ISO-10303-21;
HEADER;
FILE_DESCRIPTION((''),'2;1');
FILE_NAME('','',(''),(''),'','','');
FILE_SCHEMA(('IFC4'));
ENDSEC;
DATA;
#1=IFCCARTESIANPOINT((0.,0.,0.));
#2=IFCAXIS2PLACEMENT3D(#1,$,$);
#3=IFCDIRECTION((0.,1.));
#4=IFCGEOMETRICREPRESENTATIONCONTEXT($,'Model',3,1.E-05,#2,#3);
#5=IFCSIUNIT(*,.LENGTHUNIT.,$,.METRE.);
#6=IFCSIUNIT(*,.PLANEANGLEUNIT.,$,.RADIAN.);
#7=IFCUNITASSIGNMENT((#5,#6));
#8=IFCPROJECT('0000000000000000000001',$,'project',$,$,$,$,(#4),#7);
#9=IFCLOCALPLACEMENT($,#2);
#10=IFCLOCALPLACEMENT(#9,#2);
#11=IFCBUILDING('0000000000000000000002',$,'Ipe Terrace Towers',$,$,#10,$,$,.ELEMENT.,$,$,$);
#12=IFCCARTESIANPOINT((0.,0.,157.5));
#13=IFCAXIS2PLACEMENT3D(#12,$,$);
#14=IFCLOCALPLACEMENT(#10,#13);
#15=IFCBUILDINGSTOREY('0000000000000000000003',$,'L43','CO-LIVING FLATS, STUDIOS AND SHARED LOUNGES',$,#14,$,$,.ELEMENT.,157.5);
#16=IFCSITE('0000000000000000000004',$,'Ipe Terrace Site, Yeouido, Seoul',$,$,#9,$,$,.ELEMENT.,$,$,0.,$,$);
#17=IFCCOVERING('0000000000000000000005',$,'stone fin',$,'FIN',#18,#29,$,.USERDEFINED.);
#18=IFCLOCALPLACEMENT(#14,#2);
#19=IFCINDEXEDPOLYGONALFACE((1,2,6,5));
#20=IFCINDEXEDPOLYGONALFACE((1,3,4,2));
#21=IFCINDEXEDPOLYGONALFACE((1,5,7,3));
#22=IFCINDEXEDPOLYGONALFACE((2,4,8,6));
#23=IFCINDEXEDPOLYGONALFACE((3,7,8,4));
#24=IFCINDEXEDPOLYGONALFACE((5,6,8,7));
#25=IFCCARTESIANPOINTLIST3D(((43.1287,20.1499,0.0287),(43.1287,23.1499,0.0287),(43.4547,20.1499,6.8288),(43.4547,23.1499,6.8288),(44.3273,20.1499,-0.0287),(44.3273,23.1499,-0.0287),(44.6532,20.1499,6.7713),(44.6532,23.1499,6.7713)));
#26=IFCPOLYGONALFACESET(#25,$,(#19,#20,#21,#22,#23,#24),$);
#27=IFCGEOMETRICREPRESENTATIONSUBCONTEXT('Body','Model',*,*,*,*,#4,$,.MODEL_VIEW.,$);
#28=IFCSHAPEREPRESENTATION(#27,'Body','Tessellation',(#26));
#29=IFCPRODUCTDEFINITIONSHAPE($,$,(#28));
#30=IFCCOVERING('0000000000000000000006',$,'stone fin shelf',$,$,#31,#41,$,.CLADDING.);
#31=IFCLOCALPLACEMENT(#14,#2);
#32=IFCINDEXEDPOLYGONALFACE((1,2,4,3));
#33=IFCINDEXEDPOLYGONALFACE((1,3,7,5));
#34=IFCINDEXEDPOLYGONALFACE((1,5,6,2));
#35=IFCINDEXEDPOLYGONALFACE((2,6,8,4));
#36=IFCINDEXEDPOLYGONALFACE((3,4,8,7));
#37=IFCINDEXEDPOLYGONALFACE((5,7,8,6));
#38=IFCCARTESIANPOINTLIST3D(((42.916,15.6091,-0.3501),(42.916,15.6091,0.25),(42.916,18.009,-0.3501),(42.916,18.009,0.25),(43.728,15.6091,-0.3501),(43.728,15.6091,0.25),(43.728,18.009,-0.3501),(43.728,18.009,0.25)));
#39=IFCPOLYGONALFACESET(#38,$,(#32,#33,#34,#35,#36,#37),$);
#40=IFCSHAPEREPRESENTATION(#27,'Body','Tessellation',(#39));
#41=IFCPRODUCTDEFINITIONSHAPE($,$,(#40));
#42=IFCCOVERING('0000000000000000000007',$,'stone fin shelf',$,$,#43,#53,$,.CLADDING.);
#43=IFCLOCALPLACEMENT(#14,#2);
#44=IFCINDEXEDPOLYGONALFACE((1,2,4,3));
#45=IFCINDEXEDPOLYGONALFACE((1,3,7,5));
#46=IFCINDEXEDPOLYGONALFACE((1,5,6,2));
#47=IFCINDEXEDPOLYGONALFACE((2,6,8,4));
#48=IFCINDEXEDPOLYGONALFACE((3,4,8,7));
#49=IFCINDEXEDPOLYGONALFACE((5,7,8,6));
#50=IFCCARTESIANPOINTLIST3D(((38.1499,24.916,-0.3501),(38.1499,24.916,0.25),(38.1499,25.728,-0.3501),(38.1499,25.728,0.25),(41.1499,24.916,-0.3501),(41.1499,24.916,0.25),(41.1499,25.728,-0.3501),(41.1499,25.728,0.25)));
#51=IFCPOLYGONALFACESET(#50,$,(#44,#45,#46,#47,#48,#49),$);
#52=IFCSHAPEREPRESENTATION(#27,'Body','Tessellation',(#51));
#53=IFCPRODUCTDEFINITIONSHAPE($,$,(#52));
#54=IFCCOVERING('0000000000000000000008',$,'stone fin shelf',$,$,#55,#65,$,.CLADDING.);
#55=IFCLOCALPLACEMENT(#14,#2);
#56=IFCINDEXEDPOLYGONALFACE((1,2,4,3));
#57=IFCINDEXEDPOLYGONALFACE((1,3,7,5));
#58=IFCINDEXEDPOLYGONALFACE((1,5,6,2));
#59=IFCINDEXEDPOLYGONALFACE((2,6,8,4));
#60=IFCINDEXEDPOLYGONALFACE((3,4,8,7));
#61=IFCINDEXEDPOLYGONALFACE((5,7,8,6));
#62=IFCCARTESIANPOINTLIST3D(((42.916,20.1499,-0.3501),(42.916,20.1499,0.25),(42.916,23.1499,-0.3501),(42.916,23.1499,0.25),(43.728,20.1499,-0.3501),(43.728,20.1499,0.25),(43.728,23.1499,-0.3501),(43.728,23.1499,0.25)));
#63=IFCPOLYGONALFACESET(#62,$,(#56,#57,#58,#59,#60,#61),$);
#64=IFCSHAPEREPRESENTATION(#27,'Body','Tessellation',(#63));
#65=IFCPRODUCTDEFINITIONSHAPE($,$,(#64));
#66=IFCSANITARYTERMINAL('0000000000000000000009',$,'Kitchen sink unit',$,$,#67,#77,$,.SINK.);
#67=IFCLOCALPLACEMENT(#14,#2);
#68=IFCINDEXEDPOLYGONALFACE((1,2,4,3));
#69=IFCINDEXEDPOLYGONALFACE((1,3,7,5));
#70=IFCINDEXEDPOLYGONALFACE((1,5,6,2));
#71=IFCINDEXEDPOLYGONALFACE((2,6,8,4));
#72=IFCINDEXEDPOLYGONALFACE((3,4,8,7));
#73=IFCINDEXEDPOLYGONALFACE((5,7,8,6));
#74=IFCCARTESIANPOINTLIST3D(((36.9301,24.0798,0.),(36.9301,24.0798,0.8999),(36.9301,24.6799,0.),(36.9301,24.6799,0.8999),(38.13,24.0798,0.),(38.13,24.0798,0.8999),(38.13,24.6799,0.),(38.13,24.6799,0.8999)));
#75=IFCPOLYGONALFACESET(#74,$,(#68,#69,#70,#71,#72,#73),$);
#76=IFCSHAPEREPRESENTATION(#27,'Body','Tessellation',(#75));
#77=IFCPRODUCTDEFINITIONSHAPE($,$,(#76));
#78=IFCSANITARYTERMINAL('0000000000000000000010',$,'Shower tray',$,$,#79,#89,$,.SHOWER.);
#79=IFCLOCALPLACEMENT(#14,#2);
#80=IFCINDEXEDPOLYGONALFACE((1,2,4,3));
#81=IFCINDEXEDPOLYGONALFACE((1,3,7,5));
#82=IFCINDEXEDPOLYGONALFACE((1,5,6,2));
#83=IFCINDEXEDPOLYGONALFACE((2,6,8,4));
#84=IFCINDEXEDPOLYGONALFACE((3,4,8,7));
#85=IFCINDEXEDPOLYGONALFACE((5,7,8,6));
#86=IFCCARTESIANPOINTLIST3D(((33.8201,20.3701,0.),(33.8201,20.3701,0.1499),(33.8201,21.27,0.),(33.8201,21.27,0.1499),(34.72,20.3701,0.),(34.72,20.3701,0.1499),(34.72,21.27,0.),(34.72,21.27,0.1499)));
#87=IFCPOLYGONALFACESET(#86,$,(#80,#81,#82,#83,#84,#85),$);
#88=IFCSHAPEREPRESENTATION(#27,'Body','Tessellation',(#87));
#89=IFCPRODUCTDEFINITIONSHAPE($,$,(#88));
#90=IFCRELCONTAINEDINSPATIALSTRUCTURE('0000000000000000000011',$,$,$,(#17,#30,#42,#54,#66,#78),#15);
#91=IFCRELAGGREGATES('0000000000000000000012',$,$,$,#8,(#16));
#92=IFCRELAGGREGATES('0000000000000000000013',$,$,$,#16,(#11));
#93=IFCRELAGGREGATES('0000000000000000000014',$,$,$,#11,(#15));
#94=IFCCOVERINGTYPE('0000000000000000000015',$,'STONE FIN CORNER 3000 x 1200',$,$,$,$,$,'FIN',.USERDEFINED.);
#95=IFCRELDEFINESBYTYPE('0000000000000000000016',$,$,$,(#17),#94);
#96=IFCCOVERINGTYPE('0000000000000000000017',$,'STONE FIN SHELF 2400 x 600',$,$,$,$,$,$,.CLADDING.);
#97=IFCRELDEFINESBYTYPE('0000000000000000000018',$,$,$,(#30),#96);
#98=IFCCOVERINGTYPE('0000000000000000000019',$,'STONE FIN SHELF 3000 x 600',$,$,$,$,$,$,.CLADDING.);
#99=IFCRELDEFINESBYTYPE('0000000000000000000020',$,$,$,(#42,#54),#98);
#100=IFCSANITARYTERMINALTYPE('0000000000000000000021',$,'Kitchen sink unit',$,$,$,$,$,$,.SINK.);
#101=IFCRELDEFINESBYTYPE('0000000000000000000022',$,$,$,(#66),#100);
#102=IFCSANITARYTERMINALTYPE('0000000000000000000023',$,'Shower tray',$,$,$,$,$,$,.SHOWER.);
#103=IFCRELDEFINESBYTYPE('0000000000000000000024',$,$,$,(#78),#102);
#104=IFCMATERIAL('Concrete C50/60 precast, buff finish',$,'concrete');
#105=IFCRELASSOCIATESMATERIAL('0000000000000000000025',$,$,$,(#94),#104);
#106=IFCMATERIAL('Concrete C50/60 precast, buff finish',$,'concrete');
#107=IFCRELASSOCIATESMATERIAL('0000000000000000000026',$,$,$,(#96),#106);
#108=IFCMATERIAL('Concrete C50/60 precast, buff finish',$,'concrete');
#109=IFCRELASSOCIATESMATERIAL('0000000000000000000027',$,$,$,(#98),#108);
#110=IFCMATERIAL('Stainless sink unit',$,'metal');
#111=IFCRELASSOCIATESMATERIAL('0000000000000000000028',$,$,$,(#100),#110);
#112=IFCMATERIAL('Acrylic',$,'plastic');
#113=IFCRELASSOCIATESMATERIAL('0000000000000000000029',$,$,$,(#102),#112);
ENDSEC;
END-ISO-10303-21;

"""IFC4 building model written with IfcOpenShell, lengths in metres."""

from ifc_helpers import new_model, si_unit, direction, frame, origin, origin_2d, place, context, subcontext, project, spatial, rectangle, extrude, material, material_profile, profile_set, type_object, element, save


model = new_model("IFC4")

# Units and contexts
model_context = context("Model", 3, precision=1e-05, world=origin(), true_north=direction((0.0, 1.0)))
body_context = subcontext(model_context, "Body", "Model", "MODEL_VIEW")
ifc_project = project(units=[si_unit("LENGTHUNIT", "METRE"), si_unit("PLANEANGLEUNIT", "RADIAN")], contexts=[model_context])

# Site, building, storey
site_placement = place(None, origin())
site = spatial("IfcSite", under=ifc_project, at=site_placement, Name="Ipe Terrace Site, Yeouido, Seoul", CompositionType="ELEMENT", RefElevation=0.0)
building_placement = place(site_placement, origin())
building = spatial("IfcBuilding", under=site, at=building_placement, Name="Ipe Terrace Towers", CompositionType="ELEMENT")
storey_placement = place(building_placement, frame((0.0, 0.0, 157.5)))
storey = spatial("IfcBuildingStorey", under=building, at=storey_placement, Name="L43", Description="CO-LIVING FLATS, STUDIOS AND SHARED LOUNGES", CompositionType="ELEMENT", Elevation=157.5)

# Coverings
ifc_material_1 = material(Name="Concrete C50/60 precast, buff finish", Category="concrete")
ifc_material_profile_1 = material_profile(ifc_material_1, rectangle(XDim=3.0, YDim=1.2, at=origin_2d()), Name="STONE FIN CORNER 3000 x 1200")
ifc_profile_set_1 = profile_set([ifc_material_profile_1], Name="Concrete C50/60 precast, buff finish")
covering_type_1 = type_object("IfcCoveringType", Name="STONE FIN CORNER 3000 x 1200", ElementType="FIN", PredefinedType="USERDEFINED", material=ifc_profile_set_1)
for number, where, z_axis, x_axis, name in (
    (1, (43.728, 21.6499, 0.0), (0.047875, 0.0, 0.998853), (0.0, 1.0, 0.0), "stone fin"),
):
    element("IfcCovering", number, at=place(storey_placement, frame(where, z_axis=z_axis, x_axis=x_axis)), inside=storey, type_object=covering_type_1, Name=name, ObjectType="FIN", PredefinedType="USERDEFINED", context=body_context, shape_type="SweptSolid", body=[
        extrude(rectangle(XDim=3.0, YDim=1.2, at=origin_2d()), origin(), (0.0, 0.0, 1.0), 6.8079),
    ])
ifc_material_2 = material(Name="Concrete C50/60 precast, buff finish", Category="concrete")
covering_type_2 = type_object("IfcCoveringType", Name="STONE FIN SHELF 2400 x 600", PredefinedType="CLADDING", material=ifc_material_2)
covering_placement = place(storey_placement, frame((43.322, 16.8091, -0.3501), z_axis=(0.0, 0.0, 1.0), x_axis=(0.0, 1.0, 0.0)))
element("IfcCovering", 2, at=covering_placement, inside=storey, type_object=covering_type_2, Name="stone fin shelf", PredefinedType="CLADDING", context=body_context, shape_type="SweptSolid", body=[
    extrude(rectangle(XDim=2.3999, YDim=0.812, at=origin_2d()), origin(), (0.0, 0.0, 1.0), 0.6001),
])
ifc_material_3 = material(Name="Concrete C50/60 precast, buff finish", Category="concrete")
covering_type_3 = type_object("IfcCoveringType", Name="STONE FIN SHELF 3000 x 600", PredefinedType="CLADDING", material=ifc_material_3)
for number, where, z_axis, x_axis, name in (
    (3, (39.6499, 25.322, -0.3501), (0.0, 0.0, 1.0), (-1.0, 0.0, 0.0), "stone fin shelf"),
    (4, (43.322, 21.6499, -0.3501), (0.0, 0.0, 1.0), (0.0, 1.0, 0.0), "stone fin shelf"),
):
    element("IfcCovering", number, at=place(storey_placement, frame(where, z_axis=z_axis, x_axis=x_axis)), inside=storey, type_object=covering_type_3, Name=name, PredefinedType="CLADDING", context=body_context, shape_type="SweptSolid", body=[
        extrude(rectangle(XDim=3.0, YDim=0.812, at=origin_2d()), origin(), (0.0, 0.0, 1.0), 0.6001),
    ])

# Sanitary terminals
ifc_material_4 = material(Name="Stainless sink unit", Category="metal")
sanitary_terminal_type_1 = type_object("IfcSanitaryTerminalType", Name="Kitchen sink unit", PredefinedType="SINK", material=ifc_material_4)
sanitary_terminal_1_placement = place(storey_placement, frame((37.53, 24.3799, 0.0), z_axis=(0.0, 0.0, 1.0), x_axis=(1.0, 0.0, 0.0)))
element("IfcSanitaryTerminal", 5, at=sanitary_terminal_1_placement, inside=storey, type_object=sanitary_terminal_type_1, Name="Kitchen sink unit", PredefinedType="SINK", context=body_context, shape_type="SweptSolid", body=[
    extrude(rectangle(XDim=1.2, YDim=0.6001, at=origin_2d()), origin(), (0.0, 0.0, 1.0), 0.8999),
])
ifc_material_5 = material(Name="Acrylic", Category="plastic")
sanitary_terminal_type_2 = type_object("IfcSanitaryTerminalType", Name="Shower tray", PredefinedType="SHOWER", material=ifc_material_5)
sanitary_terminal_2_placement = place(storey_placement, frame((34.27, 20.8201, 0.0), z_axis=(0.0, 0.0, 1.0), x_axis=(1.0, 0.0, 0.0)))
element("IfcSanitaryTerminal", 6, at=sanitary_terminal_2_placement, inside=storey, type_object=sanitary_terminal_type_2, Name="Shower tray", PredefinedType="SHOWER", context=body_context, shape_type="SweptSolid", body=[
    extrude(rectangle(XDim=0.8999, YDim=0.8999, at=origin_2d()), origin(), (0.0, 0.0, 1.0), 0.1499),
])

save(model, "model.ifc")
